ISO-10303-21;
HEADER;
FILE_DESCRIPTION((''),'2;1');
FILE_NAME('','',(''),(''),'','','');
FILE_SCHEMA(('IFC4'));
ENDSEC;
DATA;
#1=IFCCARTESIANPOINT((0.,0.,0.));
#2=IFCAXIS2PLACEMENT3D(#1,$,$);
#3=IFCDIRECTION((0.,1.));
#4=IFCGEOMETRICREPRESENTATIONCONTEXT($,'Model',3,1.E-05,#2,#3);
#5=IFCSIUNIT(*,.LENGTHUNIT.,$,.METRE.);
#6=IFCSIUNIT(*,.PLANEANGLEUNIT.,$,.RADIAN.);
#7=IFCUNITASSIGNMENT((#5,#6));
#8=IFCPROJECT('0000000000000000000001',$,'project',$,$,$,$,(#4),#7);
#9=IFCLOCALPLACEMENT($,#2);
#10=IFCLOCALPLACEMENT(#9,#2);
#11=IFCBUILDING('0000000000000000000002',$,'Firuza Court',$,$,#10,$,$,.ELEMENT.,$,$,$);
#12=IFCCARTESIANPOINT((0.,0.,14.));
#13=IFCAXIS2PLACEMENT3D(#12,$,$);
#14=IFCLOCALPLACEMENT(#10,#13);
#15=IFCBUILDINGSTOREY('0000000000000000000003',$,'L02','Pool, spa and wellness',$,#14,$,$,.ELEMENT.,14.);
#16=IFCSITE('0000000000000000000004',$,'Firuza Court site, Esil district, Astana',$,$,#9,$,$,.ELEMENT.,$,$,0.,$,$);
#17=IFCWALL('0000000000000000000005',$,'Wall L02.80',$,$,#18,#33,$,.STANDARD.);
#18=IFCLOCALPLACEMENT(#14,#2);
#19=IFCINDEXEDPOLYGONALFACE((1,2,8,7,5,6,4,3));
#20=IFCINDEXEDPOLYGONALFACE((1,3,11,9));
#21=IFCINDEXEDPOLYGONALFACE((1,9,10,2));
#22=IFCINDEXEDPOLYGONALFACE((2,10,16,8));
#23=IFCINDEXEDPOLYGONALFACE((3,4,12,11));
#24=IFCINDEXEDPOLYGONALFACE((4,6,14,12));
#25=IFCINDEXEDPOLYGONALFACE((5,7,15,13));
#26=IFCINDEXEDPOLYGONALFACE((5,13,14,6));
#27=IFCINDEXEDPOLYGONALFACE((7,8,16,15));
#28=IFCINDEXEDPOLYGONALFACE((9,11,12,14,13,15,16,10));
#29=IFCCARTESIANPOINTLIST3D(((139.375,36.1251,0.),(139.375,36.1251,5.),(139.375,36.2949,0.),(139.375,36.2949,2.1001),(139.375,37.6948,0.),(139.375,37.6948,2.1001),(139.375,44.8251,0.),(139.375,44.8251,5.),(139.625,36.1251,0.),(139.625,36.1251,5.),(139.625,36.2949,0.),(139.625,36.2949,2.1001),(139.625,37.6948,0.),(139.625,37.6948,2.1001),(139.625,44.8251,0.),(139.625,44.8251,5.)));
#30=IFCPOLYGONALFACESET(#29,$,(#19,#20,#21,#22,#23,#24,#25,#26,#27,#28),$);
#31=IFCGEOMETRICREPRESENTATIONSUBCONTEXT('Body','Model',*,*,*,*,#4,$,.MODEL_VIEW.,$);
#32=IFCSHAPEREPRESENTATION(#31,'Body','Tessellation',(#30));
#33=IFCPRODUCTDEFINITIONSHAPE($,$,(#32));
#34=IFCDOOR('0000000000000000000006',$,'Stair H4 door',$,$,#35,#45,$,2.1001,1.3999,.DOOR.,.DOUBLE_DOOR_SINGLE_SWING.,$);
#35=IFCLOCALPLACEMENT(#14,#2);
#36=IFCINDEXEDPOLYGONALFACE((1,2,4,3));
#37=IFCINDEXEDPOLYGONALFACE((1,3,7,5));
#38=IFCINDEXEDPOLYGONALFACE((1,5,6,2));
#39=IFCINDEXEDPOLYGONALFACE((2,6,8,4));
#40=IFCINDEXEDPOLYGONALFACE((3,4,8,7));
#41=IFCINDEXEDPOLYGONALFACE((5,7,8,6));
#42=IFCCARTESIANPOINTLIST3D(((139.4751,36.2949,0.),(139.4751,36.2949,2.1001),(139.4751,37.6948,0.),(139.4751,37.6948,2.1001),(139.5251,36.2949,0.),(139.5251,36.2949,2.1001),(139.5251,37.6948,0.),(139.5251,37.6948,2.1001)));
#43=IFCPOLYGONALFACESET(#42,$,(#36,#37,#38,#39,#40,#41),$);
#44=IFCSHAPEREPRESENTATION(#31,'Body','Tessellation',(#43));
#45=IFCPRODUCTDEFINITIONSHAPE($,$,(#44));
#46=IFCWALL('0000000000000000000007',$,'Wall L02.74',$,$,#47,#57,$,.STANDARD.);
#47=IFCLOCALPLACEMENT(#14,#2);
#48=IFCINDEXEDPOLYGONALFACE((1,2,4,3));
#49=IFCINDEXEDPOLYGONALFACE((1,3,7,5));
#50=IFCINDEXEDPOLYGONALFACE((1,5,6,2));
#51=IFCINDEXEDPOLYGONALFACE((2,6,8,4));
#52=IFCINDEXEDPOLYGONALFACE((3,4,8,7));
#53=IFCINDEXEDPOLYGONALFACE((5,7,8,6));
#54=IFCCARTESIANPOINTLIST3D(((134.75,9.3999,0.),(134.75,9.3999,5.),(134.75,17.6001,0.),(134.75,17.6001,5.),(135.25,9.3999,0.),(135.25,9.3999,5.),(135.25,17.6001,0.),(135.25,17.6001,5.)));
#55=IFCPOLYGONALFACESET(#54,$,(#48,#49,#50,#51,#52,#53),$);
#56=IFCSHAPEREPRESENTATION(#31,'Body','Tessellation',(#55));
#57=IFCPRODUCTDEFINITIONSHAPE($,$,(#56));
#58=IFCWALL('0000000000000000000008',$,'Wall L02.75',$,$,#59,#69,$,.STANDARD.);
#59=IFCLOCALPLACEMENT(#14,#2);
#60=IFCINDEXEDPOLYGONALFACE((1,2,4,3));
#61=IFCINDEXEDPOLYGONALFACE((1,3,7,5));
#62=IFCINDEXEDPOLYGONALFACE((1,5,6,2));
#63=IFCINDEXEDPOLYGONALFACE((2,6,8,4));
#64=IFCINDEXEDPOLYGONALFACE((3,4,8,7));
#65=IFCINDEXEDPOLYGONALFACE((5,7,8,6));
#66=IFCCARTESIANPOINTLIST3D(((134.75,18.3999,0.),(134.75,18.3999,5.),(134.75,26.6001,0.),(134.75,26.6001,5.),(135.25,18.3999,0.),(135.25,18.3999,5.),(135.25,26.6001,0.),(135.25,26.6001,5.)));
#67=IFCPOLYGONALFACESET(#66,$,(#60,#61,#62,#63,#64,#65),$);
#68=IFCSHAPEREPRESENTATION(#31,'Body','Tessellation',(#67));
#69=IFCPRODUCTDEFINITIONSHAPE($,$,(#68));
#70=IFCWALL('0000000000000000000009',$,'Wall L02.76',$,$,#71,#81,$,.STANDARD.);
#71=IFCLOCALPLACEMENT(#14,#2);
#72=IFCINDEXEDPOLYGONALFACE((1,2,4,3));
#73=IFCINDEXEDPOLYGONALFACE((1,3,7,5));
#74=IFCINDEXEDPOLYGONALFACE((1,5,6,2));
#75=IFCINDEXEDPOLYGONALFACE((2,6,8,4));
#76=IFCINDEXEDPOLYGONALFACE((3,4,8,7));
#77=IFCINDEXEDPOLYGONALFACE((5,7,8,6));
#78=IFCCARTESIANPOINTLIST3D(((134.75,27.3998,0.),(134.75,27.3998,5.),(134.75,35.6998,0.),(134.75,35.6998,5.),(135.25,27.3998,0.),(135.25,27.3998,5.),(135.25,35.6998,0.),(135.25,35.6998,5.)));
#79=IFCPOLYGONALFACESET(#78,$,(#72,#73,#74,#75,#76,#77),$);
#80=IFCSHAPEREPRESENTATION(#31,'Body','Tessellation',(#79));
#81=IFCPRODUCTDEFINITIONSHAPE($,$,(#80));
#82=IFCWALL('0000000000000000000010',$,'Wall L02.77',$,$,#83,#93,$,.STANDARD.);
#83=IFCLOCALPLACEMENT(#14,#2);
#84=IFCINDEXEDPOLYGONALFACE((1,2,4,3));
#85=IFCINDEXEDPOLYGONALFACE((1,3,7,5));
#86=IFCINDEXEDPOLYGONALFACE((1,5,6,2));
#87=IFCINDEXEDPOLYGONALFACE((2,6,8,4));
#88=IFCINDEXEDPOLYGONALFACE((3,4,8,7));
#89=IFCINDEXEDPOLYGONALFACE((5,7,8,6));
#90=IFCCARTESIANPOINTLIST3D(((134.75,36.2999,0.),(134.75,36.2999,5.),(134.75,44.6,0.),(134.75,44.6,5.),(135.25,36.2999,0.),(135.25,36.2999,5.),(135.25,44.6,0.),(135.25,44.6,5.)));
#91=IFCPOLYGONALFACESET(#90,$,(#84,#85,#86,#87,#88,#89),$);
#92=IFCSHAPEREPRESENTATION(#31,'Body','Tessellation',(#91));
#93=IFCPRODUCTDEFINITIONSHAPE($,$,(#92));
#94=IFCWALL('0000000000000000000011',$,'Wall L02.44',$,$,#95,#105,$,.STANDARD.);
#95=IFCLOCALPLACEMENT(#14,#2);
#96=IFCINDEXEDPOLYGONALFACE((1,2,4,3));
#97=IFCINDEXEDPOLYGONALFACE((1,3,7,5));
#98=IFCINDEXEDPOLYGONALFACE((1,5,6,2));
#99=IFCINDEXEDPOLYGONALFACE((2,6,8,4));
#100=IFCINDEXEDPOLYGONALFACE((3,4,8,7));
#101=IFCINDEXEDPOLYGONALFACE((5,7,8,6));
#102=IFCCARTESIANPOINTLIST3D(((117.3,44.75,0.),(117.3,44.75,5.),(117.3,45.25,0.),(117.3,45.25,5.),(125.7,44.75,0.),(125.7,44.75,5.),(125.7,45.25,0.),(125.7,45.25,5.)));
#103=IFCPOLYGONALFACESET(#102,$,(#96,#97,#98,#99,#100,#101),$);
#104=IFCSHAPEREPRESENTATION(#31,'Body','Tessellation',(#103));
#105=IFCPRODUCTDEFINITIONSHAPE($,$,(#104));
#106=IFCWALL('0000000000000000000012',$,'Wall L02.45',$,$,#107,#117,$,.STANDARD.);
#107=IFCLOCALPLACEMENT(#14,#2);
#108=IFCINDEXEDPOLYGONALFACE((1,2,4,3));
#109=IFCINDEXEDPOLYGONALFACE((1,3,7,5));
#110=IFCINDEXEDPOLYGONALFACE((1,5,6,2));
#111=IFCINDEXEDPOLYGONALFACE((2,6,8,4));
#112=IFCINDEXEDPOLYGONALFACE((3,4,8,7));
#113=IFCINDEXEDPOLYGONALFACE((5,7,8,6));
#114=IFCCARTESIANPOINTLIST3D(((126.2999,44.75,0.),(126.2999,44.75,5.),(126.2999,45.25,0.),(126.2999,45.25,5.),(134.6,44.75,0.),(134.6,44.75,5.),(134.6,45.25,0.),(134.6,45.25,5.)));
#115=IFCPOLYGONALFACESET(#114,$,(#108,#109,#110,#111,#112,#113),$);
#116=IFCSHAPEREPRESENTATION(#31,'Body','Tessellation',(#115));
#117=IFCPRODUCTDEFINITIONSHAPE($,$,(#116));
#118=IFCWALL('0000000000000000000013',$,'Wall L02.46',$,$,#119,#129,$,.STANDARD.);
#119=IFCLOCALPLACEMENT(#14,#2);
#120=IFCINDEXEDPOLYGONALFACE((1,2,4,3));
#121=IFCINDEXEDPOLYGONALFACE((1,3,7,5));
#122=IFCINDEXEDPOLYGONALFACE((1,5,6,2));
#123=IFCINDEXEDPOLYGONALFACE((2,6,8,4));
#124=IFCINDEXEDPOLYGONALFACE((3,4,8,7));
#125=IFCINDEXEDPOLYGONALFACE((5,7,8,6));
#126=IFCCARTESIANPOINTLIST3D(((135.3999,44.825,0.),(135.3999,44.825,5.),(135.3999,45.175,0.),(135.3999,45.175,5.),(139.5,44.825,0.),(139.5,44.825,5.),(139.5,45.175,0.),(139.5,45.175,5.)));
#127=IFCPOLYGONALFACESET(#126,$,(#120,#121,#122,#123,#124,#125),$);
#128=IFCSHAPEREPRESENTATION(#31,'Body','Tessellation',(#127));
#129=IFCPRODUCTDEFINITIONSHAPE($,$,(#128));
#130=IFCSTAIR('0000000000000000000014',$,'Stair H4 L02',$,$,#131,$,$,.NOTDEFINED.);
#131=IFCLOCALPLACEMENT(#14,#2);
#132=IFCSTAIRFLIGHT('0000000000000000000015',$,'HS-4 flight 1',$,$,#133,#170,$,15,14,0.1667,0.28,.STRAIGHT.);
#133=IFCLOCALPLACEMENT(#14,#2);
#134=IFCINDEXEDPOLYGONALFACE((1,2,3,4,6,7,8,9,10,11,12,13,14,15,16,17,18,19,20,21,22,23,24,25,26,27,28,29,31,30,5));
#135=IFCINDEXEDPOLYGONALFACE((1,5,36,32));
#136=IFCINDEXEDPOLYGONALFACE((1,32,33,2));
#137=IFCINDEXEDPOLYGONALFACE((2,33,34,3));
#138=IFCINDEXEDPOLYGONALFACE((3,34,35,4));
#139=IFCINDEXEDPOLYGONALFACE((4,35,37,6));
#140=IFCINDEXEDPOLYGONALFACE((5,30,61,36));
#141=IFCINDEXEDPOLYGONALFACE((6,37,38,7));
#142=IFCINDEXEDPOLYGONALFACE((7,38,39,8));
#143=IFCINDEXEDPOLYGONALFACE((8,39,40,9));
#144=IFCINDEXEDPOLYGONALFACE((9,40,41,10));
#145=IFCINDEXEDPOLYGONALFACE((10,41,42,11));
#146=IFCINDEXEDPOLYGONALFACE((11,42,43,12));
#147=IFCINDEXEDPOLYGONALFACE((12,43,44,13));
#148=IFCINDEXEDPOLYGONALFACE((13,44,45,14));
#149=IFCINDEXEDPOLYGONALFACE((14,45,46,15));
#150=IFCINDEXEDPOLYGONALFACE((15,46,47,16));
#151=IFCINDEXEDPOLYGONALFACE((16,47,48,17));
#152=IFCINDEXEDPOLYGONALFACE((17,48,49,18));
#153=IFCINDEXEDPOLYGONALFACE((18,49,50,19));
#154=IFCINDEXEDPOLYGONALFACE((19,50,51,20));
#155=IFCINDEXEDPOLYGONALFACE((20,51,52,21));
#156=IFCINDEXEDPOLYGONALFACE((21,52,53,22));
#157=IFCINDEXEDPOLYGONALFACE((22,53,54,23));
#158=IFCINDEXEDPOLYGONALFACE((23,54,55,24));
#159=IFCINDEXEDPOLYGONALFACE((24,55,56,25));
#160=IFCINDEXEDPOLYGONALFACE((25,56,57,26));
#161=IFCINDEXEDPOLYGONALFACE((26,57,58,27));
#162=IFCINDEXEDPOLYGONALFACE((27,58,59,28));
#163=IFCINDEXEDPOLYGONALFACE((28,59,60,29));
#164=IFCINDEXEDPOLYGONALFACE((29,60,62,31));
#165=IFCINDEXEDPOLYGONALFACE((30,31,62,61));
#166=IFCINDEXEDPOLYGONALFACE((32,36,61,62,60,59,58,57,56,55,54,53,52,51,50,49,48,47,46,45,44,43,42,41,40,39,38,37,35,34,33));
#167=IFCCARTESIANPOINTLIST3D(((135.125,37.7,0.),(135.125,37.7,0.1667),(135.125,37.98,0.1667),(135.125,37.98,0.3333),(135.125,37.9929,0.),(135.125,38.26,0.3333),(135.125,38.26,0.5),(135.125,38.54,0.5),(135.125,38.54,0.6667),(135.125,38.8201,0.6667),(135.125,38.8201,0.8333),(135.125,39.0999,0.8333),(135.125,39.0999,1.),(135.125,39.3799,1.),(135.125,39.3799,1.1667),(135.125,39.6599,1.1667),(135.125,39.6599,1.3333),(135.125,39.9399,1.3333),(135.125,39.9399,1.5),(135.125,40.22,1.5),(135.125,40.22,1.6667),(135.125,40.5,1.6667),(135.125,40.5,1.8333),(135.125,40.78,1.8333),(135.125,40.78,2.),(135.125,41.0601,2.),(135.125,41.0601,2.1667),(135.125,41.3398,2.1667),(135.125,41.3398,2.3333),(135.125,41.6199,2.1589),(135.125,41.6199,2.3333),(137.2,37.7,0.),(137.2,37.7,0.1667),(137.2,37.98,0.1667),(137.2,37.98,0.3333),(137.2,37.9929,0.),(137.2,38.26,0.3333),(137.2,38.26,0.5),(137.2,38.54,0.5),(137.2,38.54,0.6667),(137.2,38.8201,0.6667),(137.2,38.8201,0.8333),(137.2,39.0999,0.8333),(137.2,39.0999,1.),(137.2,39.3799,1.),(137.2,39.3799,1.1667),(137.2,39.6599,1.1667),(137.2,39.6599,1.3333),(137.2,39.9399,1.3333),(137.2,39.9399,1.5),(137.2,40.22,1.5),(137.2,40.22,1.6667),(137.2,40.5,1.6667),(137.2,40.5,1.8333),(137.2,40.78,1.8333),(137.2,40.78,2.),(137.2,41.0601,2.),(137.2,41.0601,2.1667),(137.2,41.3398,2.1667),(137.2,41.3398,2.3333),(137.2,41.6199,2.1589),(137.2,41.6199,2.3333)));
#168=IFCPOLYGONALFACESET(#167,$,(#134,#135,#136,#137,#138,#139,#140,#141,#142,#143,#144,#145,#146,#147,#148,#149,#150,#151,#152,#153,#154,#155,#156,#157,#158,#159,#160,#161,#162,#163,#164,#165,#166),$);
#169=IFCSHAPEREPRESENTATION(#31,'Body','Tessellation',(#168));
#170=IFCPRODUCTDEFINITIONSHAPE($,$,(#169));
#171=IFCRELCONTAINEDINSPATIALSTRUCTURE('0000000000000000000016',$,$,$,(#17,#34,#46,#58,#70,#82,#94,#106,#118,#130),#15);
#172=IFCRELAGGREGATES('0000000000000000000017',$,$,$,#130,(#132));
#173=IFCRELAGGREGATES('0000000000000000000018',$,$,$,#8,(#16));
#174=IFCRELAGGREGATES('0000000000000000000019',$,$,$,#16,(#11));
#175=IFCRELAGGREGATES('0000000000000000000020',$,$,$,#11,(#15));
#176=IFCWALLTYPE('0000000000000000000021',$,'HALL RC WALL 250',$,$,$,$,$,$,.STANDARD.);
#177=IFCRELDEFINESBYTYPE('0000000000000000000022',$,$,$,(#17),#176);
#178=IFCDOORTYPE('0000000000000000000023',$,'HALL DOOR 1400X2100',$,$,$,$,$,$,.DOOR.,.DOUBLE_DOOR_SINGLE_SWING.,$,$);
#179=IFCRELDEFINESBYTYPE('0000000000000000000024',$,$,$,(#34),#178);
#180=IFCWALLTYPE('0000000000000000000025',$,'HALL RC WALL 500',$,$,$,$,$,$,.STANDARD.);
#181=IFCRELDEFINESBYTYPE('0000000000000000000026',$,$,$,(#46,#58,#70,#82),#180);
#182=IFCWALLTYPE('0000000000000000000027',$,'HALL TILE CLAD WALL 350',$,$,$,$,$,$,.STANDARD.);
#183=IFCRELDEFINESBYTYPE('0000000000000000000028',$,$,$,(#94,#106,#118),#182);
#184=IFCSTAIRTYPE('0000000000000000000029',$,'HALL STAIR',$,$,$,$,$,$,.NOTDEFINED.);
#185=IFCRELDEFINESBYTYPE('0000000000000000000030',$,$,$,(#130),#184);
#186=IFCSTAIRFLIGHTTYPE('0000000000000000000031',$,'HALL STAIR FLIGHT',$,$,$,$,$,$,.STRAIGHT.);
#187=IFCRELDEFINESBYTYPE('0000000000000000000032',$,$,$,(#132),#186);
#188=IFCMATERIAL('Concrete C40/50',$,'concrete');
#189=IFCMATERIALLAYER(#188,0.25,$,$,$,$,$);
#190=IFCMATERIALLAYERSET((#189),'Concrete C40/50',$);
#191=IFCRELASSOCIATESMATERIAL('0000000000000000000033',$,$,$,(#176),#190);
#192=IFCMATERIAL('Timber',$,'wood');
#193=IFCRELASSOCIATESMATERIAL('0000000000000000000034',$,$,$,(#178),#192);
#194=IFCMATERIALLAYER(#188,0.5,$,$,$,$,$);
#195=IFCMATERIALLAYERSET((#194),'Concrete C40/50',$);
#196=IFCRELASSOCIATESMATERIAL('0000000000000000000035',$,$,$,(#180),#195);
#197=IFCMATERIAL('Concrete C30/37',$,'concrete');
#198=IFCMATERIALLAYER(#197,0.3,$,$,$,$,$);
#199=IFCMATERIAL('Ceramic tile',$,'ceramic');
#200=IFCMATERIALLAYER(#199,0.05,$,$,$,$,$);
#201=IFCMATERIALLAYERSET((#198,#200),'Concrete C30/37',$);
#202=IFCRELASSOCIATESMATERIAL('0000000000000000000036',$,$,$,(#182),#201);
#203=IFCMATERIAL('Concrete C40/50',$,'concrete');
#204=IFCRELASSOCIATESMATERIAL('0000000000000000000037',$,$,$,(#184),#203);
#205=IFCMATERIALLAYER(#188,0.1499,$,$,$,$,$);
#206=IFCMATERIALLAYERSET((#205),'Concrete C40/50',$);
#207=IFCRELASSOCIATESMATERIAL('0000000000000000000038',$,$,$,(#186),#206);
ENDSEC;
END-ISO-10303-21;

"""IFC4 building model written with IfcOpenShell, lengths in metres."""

from ifc_helpers import new_model, si_unit, direction, frame, frame_2d, origin, place, context, subcontext, project, spatial, polyline, rectangle, outline, extrude, material, layer, layer_set, type_object, element, fill, aggregate, save


model = new_model("IFC4")

# Units and contexts
model_context = context("Model", 3, precision=1e-05, world=origin(), true_north=direction((0.0, 1.0)))
body_context = subcontext(model_context, "Body", "Model", "MODEL_VIEW")
ifc_project = project(units=[si_unit("LENGTHUNIT", "METRE"), si_unit("PLANEANGLEUNIT", "RADIAN")], contexts=[model_context])

# Site, building, storey
site_placement = place(None, origin())
site = spatial("IfcSite", under=ifc_project, at=site_placement, Name="Firuza Court site, Esil district, Astana", CompositionType="ELEMENT", RefElevation=0.0)
building_placement = place(site_placement, origin())
building = spatial("IfcBuilding", under=site, at=building_placement, Name="Firuza Court", CompositionType="ELEMENT")
storey_placement = place(building_placement, frame((0.0, 0.0, 14.0)))
storey = spatial("IfcBuildingStorey", under=building, at=storey_placement, Name="L02", Description="Pool, spa and wellness", CompositionType="ELEMENT", Elevation=14.0)

# Shared definitions
ifc_material_1 = material(Name="Concrete C40/50", Category="concrete")
ifc_layer_1 = layer(ifc_material_1, 0.25)
ifc_layer_set_1 = layer_set([ifc_layer_1], Name="Concrete C40/50")
wall_type_1 = type_object("IfcWallType", Name="HALL RC WALL 250", PredefinedType="STANDARD", material=ifc_layer_set_1)

# Wall, opening, door
ifc_material_2 = material(Name="Timber", Category="wood")
door_type = type_object("IfcDoorType", Name="HALL DOOR 1400X2100", OperationType="DOUBLE_DOOR_SINGLE_SWING", PredefinedType="DOOR", material=ifc_material_2)
wall_1_placement = place(storey_placement, frame((139.5, 36.125, 0.0), z_axis=(0.0, 0.0, 1.0), x_axis=(0.0, 1.0, 0.0)))
wall_1 = element("IfcWall", 1, at=wall_1_placement, inside=storey, type_object=wall_type_1, Name="Wall L02.80", PredefinedType="STANDARD", context=body_context, shape_type="SweptSolid", body=[
    extrude(rectangle(XDim=8.7, YDim=0.25, at=frame_2d((4.3501, 0.0))), origin(), (0.0, 0.0, 1.0), 5.0),
])
opening_1_placement = place(wall_1_placement, frame((0.1699, 0.0, 0.0)))
opening_1 = element("IfcOpeningElement", 2, at=opening_1_placement, cuts=wall_1, PredefinedType="OPENING", context=body_context, shape_type="SweptSolid", body=[
    extrude(rectangle(XDim=1.3999, YDim=2.1001, at=frame_2d((0.7, 1.05))), frame((0.0, 0.137, 0.0), z_axis=(0.0, -1.0, 0.0), x_axis=(1.0, 0.0, 0.0)), (0.0, 0.0, 1.0), 0.2739),
])
door_1_placement = place(opening_1_placement, origin())
door_1 = element("IfcDoor", 3, at=door_1_placement, inside=storey, type_object=door_type, Name="Stair H4 door", OperationType="DOUBLE_DOOR_SINGLE_SWING", OverallHeight=2.1001, OverallWidth=1.3999, PredefinedType="DOOR", context=body_context, shape_type="SweptSolid", body=[
    extrude(rectangle(XDim=1.3999, YDim=2.1001, at=frame_2d((0.7, 1.05))), frame((0.0, 0.0249, 0.0), z_axis=(0.0, -1.0, 0.0), x_axis=(1.0, 0.0, 0.0)), (0.0, 0.0, 1.0), 0.05),
])
fill(opening_1, door_1)

# Walls
ifc_layer_2 = layer(ifc_material_1, 0.5)
ifc_layer_set_2 = layer_set([ifc_layer_2], Name="Concrete C40/50")
wall_type_2 = type_object("IfcWallType", Name="HALL RC WALL 500", PredefinedType="STANDARD", material=ifc_layer_set_2)
for number, where, z_axis, x_axis, name in (
    (4, (135.0, 9.3999, 0.0), (0.0, 0.0, 1.0), (0.0, 1.0, 0.0), "Wall L02.74"),
    (5, (135.0, 18.3999, 0.0), (0.0, 0.0, 1.0), (0.0, 1.0, 0.0), "Wall L02.75"),
):
    element("IfcWall", number, at=place(storey_placement, frame(where, z_axis=z_axis, x_axis=x_axis)), inside=storey, type_object=wall_type_2, Name=name, PredefinedType="STANDARD", context=body_context, shape_type="SweptSolid", body=[
        extrude(rectangle(XDim=8.2002, YDim=0.5, at=frame_2d((4.1001, 0.0))), origin(), (0.0, 0.0, 1.0), 5.0),
    ])
for number, where, z_axis, x_axis, name in (
    (6, (135.0, 27.3999, 0.0), (0.0, 0.0, 1.0), (0.0, 1.0, 0.0), "Wall L02.76"),
    (7, (135.0, 36.3, 0.0), (0.0, 0.0, 1.0), (0.0, 1.0, 0.0), "Wall L02.77"),
):
    element("IfcWall", number, at=place(storey_placement, frame(where, z_axis=z_axis, x_axis=x_axis)), inside=storey, type_object=wall_type_2, Name=name, PredefinedType="STANDARD", context=body_context, shape_type="SweptSolid", body=[
        extrude(rectangle(XDim=8.3, YDim=0.5, at=frame_2d((4.1499, 0.0))), origin(), (0.0, 0.0, 1.0), 5.0),
    ])
ifc_material_3 = material(Name="Concrete C30/37", Category="concrete")
ifc_layer_3 = layer(ifc_material_3, 0.3)
ifc_material_4 = material(Name="Ceramic tile", Category="ceramic")
ifc_layer_4 = layer(ifc_material_4, 0.05)
ifc_layer_set_3 = layer_set([ifc_layer_3, ifc_layer_4], Name="Concrete C30/37")
wall_type_3 = type_object("IfcWallType", Name="HALL TILE CLAD WALL 350", PredefinedType="STANDARD", material=ifc_layer_set_3)
wall_2_placement = place(storey_placement, frame((117.3, 45.0, 0.0), z_axis=(0.0, 0.0, 1.0), x_axis=(1.0, 0.0, 0.0)))
element("IfcWall", 8, at=wall_2_placement, inside=storey, type_object=wall_type_3, Name="Wall L02.44", PredefinedType="STANDARD", context=body_context, shape_type="SweptSolid", body=[
    extrude(rectangle(XDim=8.3999, YDim=0.5, at=frame_2d((4.2, 0.0))), origin(), (0.0, 0.0, 1.0), 5.0),
])
wall_3_placement = place(storey_placement, frame((126.3, 45.0, 0.0), z_axis=(0.0, 0.0, 1.0), x_axis=(1.0, 0.0, 0.0)))
element("IfcWall", 9, at=wall_3_placement, inside=storey, type_object=wall_type_3, Name="Wall L02.45", PredefinedType="STANDARD", context=body_context, shape_type="SweptSolid", body=[
    extrude(rectangle(XDim=8.3, YDim=0.5, at=frame_2d((4.1499, 0.0))), origin(), (0.0, 0.0, 1.0), 5.0),
])
wall_4_placement = place(storey_placement, frame((135.3999, 45.0, 0.0), z_axis=(0.0, 0.0, 1.0), x_axis=(1.0, 0.0, 0.0)))
element("IfcWall", 10, at=wall_4_placement, inside=storey, type_object=wall_type_3, Name="Wall L02.46", PredefinedType="STANDARD", context=body_context, shape_type="SweptSolid", body=[
    extrude(rectangle(XDim=4.1001, YDim=0.3501, at=frame_2d((2.05, 0.0))), origin(), (0.0, 0.0, 1.0), 5.0),
])

# Stair, stair flight
ifc_material_5 = material(Name="Concrete C40/50", Category="concrete")
stair_type = type_object("IfcStairType", Name="HALL STAIR", PredefinedType="NOTDEFINED", material=ifc_material_5)
stair_placement = place(storey_placement, origin())
stair = element("IfcStair", 11, at=stair_placement, inside=storey, type_object=stair_type, Name="Stair H4 L02", PredefinedType="NOTDEFINED")
ifc_layer_5 = layer(ifc_material_1, 0.1499)
ifc_layer_set_4 = layer_set([ifc_layer_5], Name="Concrete C40/50")
stair_flight_type = type_object("IfcStairFlightType", Name="HALL STAIR FLIGHT", PredefinedType="STRAIGHT", material=ifc_layer_set_4)
stair_flight_1_placement = place(storey_placement, frame((136.1626, 37.7, 0.0), z_axis=(0.0, 0.0, 1.0), x_axis=(0.0, 1.0, 0.0)))
stair_flight_1 = element("IfcStairFlight", 12, at=stair_flight_1_placement, type_object=stair_flight_type, Name="HS-4 flight 1", NumberOfRisers=15, NumberOfTreads=14, PredefinedType="STRAIGHT", RiserHeight=0.1667, TreadLength=0.28, context=body_context, shape_type="SweptSolid", body=[
    extrude(outline(polyline([(0.0, 0.0), (0.0, 0.1667), (0.28, 0.1667), (0.28, 0.3333), (0.5601, 0.3333), (0.5601, 0.5), (0.8401, 0.5), (0.8401, 0.6667), (1.1201, 0.6667), (1.1201, 0.8333), (1.3999, 0.8333), (1.3999, 1.0), (1.6799, 1.0), (1.6799, 1.1667), (1.96, 1.1667), (1.96, 1.3333), (2.24, 1.3333), (2.24, 1.5), (2.52, 1.5), (2.52, 1.6667), (2.8, 1.6667), (2.8, 1.8333), (3.0801, 1.8333), (3.0801, 2.0), (3.3601, 2.0), (3.3601, 2.1667), (3.6399, 2.1667), (3.6399, 2.3333), (3.9199, 2.3333), (3.9199, 2.5), (3.9199, 2.1589), (0.293, 0.0), (0.0, 0.0)])), frame((0.0, 1.0376, 0.0), z_axis=(0.0, -1.0, 0.0), x_axis=(1.0, 0.0, 0.0)), (0.0, 0.0, 1.0), 2.075),
])
aggregate(stair, [stair_flight_1])

save(model, "model.ifc")
